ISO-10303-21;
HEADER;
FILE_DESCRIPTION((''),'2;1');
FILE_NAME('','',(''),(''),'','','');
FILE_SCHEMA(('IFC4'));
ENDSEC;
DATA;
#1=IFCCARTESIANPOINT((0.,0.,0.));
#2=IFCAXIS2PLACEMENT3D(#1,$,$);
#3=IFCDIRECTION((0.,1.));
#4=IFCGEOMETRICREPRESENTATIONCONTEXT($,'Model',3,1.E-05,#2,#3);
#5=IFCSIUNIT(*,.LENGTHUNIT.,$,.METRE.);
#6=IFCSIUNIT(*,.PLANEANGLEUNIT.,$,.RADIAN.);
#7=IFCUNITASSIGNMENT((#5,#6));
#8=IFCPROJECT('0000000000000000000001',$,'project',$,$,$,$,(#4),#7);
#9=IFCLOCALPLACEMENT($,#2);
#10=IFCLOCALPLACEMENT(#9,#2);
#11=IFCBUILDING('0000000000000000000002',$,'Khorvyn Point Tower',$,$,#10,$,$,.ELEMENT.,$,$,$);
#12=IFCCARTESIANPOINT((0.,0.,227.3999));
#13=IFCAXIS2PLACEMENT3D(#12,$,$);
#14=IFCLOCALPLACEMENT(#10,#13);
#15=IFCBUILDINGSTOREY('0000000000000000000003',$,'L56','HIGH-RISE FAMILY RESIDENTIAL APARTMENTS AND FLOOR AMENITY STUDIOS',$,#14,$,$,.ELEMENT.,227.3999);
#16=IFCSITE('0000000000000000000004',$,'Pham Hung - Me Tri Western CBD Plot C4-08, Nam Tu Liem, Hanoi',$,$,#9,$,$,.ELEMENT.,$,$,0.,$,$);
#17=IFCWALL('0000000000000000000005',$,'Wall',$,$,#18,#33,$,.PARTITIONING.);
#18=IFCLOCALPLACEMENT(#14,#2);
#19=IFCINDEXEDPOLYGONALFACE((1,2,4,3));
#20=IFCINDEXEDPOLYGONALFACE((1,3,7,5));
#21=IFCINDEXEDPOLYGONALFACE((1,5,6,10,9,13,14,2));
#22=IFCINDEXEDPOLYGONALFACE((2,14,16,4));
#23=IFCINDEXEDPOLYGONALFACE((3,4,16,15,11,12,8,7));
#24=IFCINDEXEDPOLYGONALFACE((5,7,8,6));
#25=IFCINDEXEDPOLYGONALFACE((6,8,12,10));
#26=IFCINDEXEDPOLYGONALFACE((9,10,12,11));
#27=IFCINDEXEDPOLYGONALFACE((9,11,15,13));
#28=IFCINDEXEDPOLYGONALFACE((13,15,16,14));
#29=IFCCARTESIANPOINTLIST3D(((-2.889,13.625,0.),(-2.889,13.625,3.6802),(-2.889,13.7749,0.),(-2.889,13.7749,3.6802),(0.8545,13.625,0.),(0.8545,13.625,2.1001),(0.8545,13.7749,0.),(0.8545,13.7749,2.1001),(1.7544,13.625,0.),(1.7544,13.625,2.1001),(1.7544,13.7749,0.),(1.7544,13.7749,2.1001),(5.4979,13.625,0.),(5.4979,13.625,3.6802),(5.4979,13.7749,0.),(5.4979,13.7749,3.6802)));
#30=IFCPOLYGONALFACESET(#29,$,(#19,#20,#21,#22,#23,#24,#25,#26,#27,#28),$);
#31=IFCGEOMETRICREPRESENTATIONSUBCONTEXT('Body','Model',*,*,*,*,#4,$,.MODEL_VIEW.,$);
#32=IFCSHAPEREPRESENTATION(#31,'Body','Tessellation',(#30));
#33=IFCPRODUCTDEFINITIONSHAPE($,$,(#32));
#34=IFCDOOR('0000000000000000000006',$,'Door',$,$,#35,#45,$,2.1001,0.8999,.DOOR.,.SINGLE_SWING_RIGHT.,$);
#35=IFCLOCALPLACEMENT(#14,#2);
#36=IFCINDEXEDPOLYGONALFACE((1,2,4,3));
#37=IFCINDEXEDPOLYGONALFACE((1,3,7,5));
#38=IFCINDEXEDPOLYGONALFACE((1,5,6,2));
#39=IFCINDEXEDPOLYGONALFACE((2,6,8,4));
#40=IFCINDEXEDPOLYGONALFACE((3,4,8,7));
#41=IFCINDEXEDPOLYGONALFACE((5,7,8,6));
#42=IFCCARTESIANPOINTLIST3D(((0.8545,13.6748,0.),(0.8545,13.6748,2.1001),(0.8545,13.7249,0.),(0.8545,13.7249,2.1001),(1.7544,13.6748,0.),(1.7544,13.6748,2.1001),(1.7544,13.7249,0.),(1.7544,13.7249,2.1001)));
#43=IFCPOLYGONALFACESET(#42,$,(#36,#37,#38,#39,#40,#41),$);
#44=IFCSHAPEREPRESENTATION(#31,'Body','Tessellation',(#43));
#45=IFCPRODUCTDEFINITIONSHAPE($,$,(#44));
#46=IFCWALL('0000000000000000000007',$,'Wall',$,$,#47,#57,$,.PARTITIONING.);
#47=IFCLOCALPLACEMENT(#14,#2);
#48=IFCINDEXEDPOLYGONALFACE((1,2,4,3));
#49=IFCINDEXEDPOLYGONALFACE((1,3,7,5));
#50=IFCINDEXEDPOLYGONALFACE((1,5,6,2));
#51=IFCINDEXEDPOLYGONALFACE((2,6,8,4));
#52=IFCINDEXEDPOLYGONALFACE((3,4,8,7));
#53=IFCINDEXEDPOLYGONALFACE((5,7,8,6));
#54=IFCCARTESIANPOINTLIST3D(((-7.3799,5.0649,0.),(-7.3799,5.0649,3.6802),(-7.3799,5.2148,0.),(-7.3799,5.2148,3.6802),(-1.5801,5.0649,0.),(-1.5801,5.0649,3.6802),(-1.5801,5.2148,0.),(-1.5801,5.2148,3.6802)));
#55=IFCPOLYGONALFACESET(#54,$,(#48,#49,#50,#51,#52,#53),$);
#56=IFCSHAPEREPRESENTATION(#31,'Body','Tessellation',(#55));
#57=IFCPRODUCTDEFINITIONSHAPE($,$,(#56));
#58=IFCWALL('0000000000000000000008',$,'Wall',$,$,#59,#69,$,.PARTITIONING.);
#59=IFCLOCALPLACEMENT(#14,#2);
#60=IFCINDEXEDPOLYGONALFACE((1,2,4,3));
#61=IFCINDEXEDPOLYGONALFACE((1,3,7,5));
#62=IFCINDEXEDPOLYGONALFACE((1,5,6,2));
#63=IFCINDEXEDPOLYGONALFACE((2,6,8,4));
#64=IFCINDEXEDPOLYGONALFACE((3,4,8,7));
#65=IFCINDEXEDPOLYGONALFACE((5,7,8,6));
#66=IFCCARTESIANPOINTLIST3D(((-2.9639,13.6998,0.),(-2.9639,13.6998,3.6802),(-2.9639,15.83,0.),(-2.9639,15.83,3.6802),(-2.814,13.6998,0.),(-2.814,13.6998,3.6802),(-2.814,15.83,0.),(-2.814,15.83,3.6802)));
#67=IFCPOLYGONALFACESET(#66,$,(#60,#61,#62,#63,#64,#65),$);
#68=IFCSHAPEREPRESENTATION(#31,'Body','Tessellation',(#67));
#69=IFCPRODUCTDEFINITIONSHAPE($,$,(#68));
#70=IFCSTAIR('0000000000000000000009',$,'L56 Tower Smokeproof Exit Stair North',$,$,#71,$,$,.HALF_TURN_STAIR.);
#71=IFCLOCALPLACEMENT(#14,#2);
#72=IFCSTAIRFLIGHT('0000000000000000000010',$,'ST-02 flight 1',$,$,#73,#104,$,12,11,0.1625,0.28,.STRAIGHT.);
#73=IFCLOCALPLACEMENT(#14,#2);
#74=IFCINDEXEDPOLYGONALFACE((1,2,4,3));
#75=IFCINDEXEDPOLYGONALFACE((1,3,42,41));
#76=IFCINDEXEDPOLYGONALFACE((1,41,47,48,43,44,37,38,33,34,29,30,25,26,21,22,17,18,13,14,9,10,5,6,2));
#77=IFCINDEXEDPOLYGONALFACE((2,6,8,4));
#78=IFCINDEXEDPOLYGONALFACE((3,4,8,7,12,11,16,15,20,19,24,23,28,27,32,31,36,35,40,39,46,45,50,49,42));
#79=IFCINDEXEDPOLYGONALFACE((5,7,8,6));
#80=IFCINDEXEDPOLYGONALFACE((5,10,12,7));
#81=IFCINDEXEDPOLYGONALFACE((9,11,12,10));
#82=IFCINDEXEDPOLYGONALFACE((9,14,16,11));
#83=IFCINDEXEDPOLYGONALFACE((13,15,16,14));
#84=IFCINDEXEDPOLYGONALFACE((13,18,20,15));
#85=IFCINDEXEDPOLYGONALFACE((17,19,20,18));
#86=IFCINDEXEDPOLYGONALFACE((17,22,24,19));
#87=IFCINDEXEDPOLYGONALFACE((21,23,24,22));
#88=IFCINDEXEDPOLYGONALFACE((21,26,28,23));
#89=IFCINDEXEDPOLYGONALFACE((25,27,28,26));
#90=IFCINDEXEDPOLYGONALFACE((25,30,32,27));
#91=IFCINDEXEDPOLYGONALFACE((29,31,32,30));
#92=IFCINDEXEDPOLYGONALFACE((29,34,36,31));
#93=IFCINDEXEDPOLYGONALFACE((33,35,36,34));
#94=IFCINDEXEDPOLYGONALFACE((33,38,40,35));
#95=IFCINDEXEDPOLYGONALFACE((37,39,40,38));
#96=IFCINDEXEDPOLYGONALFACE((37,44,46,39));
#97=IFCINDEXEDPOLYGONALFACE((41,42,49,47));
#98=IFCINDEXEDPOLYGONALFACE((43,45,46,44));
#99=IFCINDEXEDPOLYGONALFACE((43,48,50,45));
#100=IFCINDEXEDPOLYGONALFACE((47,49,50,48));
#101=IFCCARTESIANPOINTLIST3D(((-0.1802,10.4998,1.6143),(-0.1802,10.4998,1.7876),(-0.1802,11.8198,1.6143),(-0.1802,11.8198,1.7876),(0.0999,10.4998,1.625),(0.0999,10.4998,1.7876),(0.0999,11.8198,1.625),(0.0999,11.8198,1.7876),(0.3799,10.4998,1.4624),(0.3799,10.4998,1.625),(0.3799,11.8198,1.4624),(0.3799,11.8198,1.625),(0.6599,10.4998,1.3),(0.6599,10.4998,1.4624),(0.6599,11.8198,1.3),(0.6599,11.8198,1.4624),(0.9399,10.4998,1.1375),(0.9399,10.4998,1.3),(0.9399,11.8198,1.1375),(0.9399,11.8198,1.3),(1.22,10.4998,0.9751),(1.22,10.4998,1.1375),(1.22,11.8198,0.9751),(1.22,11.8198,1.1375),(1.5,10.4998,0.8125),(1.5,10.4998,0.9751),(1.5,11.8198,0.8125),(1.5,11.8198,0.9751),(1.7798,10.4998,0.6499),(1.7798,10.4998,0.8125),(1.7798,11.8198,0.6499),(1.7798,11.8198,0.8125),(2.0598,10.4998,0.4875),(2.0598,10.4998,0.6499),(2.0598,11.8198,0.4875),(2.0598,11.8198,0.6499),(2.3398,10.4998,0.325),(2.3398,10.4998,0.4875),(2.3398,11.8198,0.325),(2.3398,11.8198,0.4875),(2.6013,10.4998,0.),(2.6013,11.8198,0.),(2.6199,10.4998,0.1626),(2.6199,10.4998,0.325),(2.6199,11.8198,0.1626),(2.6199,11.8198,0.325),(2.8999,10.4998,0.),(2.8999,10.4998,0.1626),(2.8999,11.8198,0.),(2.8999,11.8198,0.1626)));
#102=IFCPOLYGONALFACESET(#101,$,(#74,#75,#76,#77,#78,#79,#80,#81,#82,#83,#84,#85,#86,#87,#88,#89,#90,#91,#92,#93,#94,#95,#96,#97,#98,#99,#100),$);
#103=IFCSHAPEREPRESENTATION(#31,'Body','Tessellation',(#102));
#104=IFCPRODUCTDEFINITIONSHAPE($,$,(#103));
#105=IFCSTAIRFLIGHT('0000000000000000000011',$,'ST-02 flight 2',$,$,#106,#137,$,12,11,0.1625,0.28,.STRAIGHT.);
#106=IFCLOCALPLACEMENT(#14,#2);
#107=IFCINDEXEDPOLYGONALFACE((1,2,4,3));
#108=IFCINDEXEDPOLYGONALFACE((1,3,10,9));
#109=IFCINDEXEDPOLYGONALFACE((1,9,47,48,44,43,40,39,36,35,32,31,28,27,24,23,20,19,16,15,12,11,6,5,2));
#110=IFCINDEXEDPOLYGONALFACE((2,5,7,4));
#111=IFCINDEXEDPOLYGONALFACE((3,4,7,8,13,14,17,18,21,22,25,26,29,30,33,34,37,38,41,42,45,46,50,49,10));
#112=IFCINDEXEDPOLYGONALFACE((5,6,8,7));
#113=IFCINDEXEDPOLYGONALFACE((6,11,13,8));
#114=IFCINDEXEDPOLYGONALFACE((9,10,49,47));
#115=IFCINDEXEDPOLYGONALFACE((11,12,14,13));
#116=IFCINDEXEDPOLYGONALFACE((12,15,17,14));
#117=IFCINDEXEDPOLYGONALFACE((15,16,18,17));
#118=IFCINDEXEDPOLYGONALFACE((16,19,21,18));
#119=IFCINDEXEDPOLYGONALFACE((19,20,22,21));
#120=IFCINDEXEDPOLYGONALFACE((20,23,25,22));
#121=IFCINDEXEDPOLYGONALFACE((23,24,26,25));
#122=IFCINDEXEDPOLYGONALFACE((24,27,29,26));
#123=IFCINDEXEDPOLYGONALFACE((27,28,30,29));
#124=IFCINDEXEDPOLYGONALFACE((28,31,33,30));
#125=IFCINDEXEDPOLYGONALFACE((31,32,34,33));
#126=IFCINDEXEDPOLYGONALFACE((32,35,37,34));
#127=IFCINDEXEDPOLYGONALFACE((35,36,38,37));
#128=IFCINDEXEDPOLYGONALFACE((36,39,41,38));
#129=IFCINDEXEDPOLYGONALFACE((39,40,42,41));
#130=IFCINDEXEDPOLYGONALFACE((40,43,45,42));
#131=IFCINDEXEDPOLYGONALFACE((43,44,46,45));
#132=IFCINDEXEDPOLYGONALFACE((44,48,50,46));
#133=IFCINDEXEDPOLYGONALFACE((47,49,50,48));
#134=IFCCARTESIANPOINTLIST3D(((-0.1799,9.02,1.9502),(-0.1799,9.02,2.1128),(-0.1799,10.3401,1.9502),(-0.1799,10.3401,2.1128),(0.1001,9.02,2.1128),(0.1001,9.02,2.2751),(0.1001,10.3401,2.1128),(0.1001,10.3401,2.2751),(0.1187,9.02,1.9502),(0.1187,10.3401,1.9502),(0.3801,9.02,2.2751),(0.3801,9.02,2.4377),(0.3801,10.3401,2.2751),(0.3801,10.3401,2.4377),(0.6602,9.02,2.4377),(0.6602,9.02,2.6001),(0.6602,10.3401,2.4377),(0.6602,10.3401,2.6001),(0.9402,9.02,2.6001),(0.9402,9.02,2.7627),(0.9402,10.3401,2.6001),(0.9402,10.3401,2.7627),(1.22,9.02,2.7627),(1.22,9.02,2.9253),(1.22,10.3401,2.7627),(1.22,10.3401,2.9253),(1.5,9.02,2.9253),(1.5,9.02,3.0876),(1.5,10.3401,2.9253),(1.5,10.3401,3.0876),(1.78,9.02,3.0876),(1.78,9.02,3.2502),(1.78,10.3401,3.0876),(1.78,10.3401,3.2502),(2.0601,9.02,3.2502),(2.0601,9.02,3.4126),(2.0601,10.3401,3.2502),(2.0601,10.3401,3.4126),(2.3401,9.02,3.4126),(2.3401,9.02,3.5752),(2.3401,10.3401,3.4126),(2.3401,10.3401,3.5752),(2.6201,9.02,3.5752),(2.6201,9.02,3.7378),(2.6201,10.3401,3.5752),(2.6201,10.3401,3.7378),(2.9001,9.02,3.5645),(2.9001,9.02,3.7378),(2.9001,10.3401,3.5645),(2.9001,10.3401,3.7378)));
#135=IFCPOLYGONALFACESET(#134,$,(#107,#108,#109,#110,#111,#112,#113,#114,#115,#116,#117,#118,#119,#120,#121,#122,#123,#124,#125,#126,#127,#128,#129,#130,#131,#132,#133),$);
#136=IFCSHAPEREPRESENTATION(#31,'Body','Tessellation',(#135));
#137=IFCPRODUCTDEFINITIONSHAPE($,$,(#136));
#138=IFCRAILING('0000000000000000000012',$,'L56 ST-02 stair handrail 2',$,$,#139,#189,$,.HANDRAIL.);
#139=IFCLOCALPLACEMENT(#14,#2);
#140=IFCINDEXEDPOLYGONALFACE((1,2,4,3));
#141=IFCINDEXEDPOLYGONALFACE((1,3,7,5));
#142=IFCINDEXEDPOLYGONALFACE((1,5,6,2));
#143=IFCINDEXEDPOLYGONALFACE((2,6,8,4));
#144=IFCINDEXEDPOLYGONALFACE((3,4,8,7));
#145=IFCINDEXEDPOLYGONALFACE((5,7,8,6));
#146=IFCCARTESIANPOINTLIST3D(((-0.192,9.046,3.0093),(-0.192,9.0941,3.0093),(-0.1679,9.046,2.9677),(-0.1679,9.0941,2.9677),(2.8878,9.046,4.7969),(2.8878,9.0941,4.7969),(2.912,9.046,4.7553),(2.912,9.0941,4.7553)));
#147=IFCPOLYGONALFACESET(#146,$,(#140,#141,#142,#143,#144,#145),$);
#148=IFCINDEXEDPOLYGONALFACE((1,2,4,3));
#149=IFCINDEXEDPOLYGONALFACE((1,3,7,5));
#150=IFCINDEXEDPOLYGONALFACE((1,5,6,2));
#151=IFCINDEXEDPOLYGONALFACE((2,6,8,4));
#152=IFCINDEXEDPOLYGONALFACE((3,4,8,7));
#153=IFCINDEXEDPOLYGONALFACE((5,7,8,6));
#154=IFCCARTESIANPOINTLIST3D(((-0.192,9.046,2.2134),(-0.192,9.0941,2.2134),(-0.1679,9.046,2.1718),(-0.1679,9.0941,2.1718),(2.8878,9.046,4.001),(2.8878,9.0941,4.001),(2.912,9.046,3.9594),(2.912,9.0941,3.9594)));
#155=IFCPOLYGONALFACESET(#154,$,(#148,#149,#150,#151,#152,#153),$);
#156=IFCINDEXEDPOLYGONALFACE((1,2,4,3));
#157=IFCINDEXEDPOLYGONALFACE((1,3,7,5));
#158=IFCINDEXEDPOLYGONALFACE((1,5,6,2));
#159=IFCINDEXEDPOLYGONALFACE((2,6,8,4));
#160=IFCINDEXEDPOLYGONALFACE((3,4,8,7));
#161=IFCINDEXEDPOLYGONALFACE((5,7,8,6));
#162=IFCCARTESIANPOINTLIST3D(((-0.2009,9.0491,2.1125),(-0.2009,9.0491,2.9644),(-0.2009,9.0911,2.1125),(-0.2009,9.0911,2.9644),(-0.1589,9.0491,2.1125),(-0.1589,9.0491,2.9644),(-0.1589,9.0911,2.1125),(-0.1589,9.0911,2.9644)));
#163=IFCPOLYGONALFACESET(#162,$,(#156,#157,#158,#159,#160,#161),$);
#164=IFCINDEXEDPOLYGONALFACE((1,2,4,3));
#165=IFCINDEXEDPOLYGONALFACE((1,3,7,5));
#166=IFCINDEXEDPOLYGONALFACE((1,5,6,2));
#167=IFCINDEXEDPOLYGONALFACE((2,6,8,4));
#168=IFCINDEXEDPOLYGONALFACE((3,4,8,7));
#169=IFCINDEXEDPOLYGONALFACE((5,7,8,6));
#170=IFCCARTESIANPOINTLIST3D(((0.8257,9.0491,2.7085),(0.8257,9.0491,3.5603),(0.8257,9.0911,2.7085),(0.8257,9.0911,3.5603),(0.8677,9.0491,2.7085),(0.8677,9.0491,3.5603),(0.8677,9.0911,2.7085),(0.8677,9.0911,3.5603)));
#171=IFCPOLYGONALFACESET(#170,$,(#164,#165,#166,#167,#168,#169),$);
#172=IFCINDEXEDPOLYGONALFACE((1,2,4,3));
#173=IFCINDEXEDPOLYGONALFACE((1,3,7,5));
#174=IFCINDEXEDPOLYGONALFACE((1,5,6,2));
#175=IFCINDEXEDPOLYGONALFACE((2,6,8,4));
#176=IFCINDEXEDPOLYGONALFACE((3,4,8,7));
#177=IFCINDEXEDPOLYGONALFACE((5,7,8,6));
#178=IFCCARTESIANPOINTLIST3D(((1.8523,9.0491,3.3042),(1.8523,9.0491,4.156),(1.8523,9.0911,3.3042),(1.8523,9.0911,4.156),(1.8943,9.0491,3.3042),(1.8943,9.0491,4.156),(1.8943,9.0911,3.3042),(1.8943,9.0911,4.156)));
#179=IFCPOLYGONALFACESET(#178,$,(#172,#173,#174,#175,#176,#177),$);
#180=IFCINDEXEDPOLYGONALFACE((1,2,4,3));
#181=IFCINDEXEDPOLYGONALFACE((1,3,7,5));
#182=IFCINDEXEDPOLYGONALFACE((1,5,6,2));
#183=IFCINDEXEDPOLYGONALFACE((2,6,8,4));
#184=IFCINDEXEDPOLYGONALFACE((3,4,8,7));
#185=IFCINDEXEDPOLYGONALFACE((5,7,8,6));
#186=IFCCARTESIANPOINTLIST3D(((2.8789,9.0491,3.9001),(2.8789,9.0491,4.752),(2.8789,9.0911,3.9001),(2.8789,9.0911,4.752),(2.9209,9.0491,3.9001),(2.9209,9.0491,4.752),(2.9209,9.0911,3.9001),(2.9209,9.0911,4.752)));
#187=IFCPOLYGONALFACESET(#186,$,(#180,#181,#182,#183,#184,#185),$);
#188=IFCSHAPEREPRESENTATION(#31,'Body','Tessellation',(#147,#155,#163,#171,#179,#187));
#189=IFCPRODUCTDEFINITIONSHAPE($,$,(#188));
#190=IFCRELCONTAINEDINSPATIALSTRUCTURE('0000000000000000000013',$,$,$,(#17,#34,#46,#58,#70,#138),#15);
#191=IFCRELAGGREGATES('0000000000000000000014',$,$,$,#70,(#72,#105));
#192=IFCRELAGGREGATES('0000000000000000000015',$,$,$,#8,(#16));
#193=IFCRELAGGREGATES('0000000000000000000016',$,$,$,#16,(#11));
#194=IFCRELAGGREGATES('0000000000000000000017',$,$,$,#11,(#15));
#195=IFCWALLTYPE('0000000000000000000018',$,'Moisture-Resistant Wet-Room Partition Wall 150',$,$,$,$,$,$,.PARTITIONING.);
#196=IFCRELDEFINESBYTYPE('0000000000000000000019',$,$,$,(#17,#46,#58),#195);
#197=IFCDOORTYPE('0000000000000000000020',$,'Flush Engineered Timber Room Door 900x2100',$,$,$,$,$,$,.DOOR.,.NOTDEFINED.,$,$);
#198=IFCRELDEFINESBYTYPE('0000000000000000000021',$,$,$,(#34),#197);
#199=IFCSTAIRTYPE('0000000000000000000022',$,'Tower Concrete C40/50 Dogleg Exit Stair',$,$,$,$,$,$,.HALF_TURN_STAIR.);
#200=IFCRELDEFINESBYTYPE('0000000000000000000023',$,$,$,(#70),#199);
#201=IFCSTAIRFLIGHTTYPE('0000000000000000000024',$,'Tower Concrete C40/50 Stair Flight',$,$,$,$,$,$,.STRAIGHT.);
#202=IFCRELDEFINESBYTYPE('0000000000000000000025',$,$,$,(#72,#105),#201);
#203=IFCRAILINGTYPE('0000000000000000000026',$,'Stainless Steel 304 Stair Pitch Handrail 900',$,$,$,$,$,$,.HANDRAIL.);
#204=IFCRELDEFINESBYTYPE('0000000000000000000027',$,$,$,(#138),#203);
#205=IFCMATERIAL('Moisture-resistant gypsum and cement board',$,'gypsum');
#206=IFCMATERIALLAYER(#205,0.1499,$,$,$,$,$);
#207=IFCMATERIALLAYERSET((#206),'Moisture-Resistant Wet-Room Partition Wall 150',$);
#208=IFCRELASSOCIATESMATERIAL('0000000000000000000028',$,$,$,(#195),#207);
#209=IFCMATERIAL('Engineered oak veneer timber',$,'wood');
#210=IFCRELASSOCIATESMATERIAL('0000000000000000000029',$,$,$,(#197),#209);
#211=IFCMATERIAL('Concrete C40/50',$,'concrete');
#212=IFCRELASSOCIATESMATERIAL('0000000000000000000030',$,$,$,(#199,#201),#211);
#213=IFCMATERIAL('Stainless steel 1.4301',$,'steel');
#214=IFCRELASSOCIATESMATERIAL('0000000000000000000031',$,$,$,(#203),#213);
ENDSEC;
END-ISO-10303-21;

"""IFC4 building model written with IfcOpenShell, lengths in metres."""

from ifc_helpers import new_model, si_unit, direction, frame, frame_2d, origin, origin_2d, place, context, subcontext, project, spatial, polyline, rectangle, outline, extrude, material, layer, layer_set, type_object, element, fill, aggregate, save


model = new_model("IFC4")

# Units and contexts
model_context = context("Model", 3, precision=1e-05, world=origin(), true_north=direction((0.0, 1.0)))
body_context = subcontext(model_context, "Body", "Model", "MODEL_VIEW")
ifc_project = project(units=[si_unit("LENGTHUNIT", "METRE"), si_unit("PLANEANGLEUNIT", "RADIAN")], contexts=[model_context])

# Site, building, storey
site_placement = place(None, origin())
site = spatial("IfcSite", under=ifc_project, at=site_placement, Name="Pham Hung - Me Tri Western CBD Plot C4-08, Nam Tu Liem, Hanoi", CompositionType="ELEMENT", RefElevation=0.0)
building_placement = place(site_placement, origin())
building = spatial("IfcBuilding", under=site, at=building_placement, Name="Khorvyn Point Tower", CompositionType="ELEMENT")
storey_placement = place(building_placement, frame((0.0, 0.0, 227.3999)))
storey = spatial("IfcBuildingStorey", under=building, at=storey_placement, Name="L56", Description="HIGH-RISE FAMILY RESIDENTIAL APARTMENTS AND FLOOR AMENITY STUDIOS", CompositionType="ELEMENT", Elevation=227.3999)

# Shared definitions
ifc_material_1 = material(Name="Concrete C40/50", Category="concrete")

# Wall, opening, door
ifc_material_2 = material(Name="Moisture-resistant gypsum and cement board", Category="gypsum")
ifc_layer_1 = layer(ifc_material_2, 0.1499)
ifc_layer_set_1 = layer_set([ifc_layer_1], Name="Moisture-Resistant Wet-Room Partition Wall 150")
wall_type_1 = type_object("IfcWallType", Name="Moisture-Resistant Wet-Room Partition Wall 150", PredefinedType="PARTITIONING", material=ifc_layer_set_1)
wall_1_placement = place(storey_placement, frame((-2.8889, 13.7, 0.0), z_axis=(0.0, 0.0, 1.0), x_axis=(1.0, 0.0, 0.0)))
wall_1 = element("IfcWall", 1, at=wall_1_placement, inside=storey, type_object=wall_type_1, Name="Wall", PredefinedType="PARTITIONING", context=body_context, shape_type="SweptSolid", body=[
    extrude(rectangle(XDim=8.387, YDim=0.1499, at=frame_2d((4.1934, 0.0))), origin(), (0.0, 0.0, 1.0), 3.6802),
])
opening_1_placement = place(wall_1_placement, frame((3.7434, 0.0, 0.0)))
opening_1 = element("IfcOpeningElement", 2, at=opening_1_placement, cuts=wall_1, PredefinedType="OPENING", context=body_context, shape_type="SweptSolid", body=[
    extrude(rectangle(XDim=0.8999, YDim=2.1001, at=frame_2d((0.45, 1.05))), frame((0.0, 0.085, 0.0), z_axis=(0.0, -1.0, 0.0), x_axis=(1.0, 0.0, 0.0)), (0.0, 0.0, 1.0), 0.1699),
])
ifc_material_3 = material(Name="Engineered oak veneer timber", Category="wood")
door_type_1 = type_object("IfcDoorType", Name="Flush Engineered Timber Room Door 900x2100", OperationType="NOTDEFINED", PredefinedType="DOOR", material=ifc_material_3)
door_1_placement = place(opening_1_placement, origin())
door_1 = element("IfcDoor", 3, at=door_1_placement, inside=storey, type_object=door_type_1, Name="Door", OperationType="SINGLE_SWING_RIGHT", OverallHeight=2.1001, OverallWidth=0.8999, PredefinedType="DOOR", context=body_context, shape_type="SweptSolid", body=[
    extrude(rectangle(XDim=0.8999, YDim=2.1001, at=frame_2d((0.45, 1.05))), frame((0.0, 0.0249, 0.0), z_axis=(0.0, -1.0, 0.0), x_axis=(1.0, 0.0, 0.0)), (0.0, 0.0, 1.0), 0.05),
])
fill(opening_1, door_1)

# Walls
wall_2_placement = place(storey_placement, frame((-7.3799, 5.1399, 0.0), z_axis=(0.0, 0.0, 1.0), x_axis=(1.0, 0.0, 0.0)))
element("IfcWall", 4, at=wall_2_placement, inside=storey, type_object=wall_type_1, Name="Wall", PredefinedType="PARTITIONING", context=body_context, shape_type="SweptSolid", body=[
    extrude(rectangle(XDim=5.7998, YDim=0.1499, at=frame_2d((2.8999, 0.0))), origin(), (0.0, 0.0, 1.0), 3.6802),
])
wall_3_placement = place(storey_placement, frame((-2.8889, 13.7, 0.0), z_axis=(0.0, 0.0, 1.0), x_axis=(0.0, 1.0, 0.0)))
element("IfcWall", 5, at=wall_3_placement, inside=storey, type_object=wall_type_1, Name="Wall", PredefinedType="PARTITIONING", context=body_context, shape_type="SweptSolid", body=[
    extrude(rectangle(XDim=2.1301, YDim=0.1499, at=frame_2d((1.0649, 0.0))), origin(), (0.0, 0.0, 1.0), 3.6802),
])

# Stair, stair flights
stair_type = type_object("IfcStairType", Name="Tower Concrete C40/50 Dogleg Exit Stair", PredefinedType="HALF_TURN_STAIR", material=ifc_material_1)
stair_placement = place(storey_placement, origin())
stair = element("IfcStair", 6, at=stair_placement, inside=storey, type_object=stair_type, Name="L56 Tower Smokeproof Exit Stair North", PredefinedType="HALF_TURN_STAIR")
stair_flight_type = type_object("IfcStairFlightType", Name="Tower Concrete C40/50 Stair Flight", PredefinedType="STRAIGHT", material=ifc_material_1)
stair_flight_1_placement = place(storey_placement, frame((2.8999, 11.1599, 0.0), z_axis=(0.0, 0.0, 1.0), x_axis=(-1.0, 0.0, 0.0)))
stair_flight_1 = element("IfcStairFlight", 7, at=stair_flight_1_placement, type_object=stair_flight_type, Name="ST-02 flight 1", NumberOfRisers=12, NumberOfTreads=11, PredefinedType="STRAIGHT", RiserHeight=0.1625, TreadLength=0.28, context=body_context, shape_type="SweptSolid", body=[
    extrude(outline(polyline([(0.0, 0.0), (0.0, 0.1626), (0.28, 0.1626), (0.28, 0.325), (0.5601, 0.325), (0.5601, 0.4875), (0.8401, 0.4875), (0.8401, 0.6499), (1.1201, 0.6499), (1.1201, 0.8125), (1.3999, 0.8125), (1.3999, 0.9751), (1.6799, 0.9751), (1.6799, 1.1375), (1.96, 1.1375), (1.96, 1.3), (2.24, 1.3), (2.24, 1.4624), (2.52, 1.4624), (2.52, 1.625), (2.8, 1.625), (2.8, 1.7876), (3.0801, 1.7876), (3.0801, 1.95), (3.0801, 1.6143), (0.2986, 0.0), (0.0, 0.0)])), frame((0.0, 0.6602, 0.0), z_axis=(0.0, -1.0, 0.0), x_axis=(1.0, 0.0, 0.0)), (0.0, 0.0, 1.0), 1.3201),
])
stair_flight_2_placement = place(storey_placement, frame((-0.1799, 9.6799, 1.9502), z_axis=(0.0, 0.0, 1.0), x_axis=(1.0, 0.0, 0.0)))
stair_flight_2 = element("IfcStairFlight", 8, at=stair_flight_2_placement, type_object=stair_flight_type, Name="ST-02 flight 2", NumberOfRisers=12, NumberOfTreads=11, PredefinedType="STRAIGHT", RiserHeight=0.1625, TreadLength=0.28, context=body_context, shape_type="SweptSolid", body=[
    extrude(outline(polyline([(0.0, 0.0), (0.0, 0.1626), (0.28, 0.1626), (0.28, 0.325), (0.5601, 0.325), (0.5601, 0.4875), (0.8401, 0.4875), (0.8401, 0.6499), (1.1201, 0.6499), (1.1201, 0.8125), (1.3999, 0.8125), (1.3999, 0.9751), (1.6799, 0.9751), (1.6799, 1.1375), (1.96, 1.1375), (1.96, 1.3), (2.24, 1.3), (2.24, 1.4624), (2.52, 1.4624), (2.52, 1.625), (2.8, 1.625), (2.8, 1.7876), (3.0801, 1.7876), (3.0801, 1.95), (3.0801, 1.6143), (0.2986, 0.0), (0.0, 0.0)])), frame((0.0, 0.6602, 0.0), z_axis=(0.0, -1.0, 0.0), x_axis=(1.0, 0.0, 0.0)), (0.0, 0.0, 1.0), 1.3201),
])
aggregate(stair, [stair_flight_1, stair_flight_2])

# Railing
ifc_material_4 = material(Name="Stainless steel 1.4301", Category="steel")
railing_type_1 = type_object("IfcRailingType", Name="Stainless Steel 304 Stair Pitch Handrail 900", PredefinedType="HANDRAIL", material=ifc_material_4)
railing_1_placement = place(storey_placement, frame((-0.1799, 9.0701, 2.1125)))
element("IfcRailing", 9, at=railing_1_placement, inside=storey, type_object=railing_type_1, Name="L56 ST-02 stair handrail 2", PredefinedType="HANDRAIL", context=body_context, shape_type="SweptSolid", body=[
    extrude(rectangle(XDim=0.0481, YDim=0.0481, at=origin_2d()), frame((0.0, 0.0, 0.876), z_axis=(0.864873, 0.0, 0.50199), x_axis=(0.0, 1.0, 0.0)), (0.0, 0.0, 1.0), 3.561),
    extrude(rectangle(XDim=0.0481, YDim=0.0481, at=origin_2d()), frame((0.0, 0.0, 0.0801), z_axis=(0.864873, 0.0, 0.50199), x_axis=(0.0, 1.0, 0.0)), (0.0, 0.0, 1.0), 3.561),
    extrude(rectangle(XDim=0.042, YDim=0.042, at=origin_2d()), origin(), (0.0, 0.0, 1.0), 0.8518),
    extrude(rectangle(XDim=0.042, YDim=0.042, at=origin_2d()), frame((1.0266, 0.0, 0.5959)), (0.0, 0.0, 1.0), 0.8518),
    extrude(rectangle(XDim=0.042, YDim=0.042, at=origin_2d()), frame((2.0532, 0.0, 1.1917)), (0.0, 0.0, 1.0), 0.8518),
    extrude(rectangle(XDim=0.042, YDim=0.042, at=origin_2d()), frame((3.0798, 0.0, 1.7876)), (0.0, 0.0, 1.0), 0.8518),
])

save(model, "model.ifc")
